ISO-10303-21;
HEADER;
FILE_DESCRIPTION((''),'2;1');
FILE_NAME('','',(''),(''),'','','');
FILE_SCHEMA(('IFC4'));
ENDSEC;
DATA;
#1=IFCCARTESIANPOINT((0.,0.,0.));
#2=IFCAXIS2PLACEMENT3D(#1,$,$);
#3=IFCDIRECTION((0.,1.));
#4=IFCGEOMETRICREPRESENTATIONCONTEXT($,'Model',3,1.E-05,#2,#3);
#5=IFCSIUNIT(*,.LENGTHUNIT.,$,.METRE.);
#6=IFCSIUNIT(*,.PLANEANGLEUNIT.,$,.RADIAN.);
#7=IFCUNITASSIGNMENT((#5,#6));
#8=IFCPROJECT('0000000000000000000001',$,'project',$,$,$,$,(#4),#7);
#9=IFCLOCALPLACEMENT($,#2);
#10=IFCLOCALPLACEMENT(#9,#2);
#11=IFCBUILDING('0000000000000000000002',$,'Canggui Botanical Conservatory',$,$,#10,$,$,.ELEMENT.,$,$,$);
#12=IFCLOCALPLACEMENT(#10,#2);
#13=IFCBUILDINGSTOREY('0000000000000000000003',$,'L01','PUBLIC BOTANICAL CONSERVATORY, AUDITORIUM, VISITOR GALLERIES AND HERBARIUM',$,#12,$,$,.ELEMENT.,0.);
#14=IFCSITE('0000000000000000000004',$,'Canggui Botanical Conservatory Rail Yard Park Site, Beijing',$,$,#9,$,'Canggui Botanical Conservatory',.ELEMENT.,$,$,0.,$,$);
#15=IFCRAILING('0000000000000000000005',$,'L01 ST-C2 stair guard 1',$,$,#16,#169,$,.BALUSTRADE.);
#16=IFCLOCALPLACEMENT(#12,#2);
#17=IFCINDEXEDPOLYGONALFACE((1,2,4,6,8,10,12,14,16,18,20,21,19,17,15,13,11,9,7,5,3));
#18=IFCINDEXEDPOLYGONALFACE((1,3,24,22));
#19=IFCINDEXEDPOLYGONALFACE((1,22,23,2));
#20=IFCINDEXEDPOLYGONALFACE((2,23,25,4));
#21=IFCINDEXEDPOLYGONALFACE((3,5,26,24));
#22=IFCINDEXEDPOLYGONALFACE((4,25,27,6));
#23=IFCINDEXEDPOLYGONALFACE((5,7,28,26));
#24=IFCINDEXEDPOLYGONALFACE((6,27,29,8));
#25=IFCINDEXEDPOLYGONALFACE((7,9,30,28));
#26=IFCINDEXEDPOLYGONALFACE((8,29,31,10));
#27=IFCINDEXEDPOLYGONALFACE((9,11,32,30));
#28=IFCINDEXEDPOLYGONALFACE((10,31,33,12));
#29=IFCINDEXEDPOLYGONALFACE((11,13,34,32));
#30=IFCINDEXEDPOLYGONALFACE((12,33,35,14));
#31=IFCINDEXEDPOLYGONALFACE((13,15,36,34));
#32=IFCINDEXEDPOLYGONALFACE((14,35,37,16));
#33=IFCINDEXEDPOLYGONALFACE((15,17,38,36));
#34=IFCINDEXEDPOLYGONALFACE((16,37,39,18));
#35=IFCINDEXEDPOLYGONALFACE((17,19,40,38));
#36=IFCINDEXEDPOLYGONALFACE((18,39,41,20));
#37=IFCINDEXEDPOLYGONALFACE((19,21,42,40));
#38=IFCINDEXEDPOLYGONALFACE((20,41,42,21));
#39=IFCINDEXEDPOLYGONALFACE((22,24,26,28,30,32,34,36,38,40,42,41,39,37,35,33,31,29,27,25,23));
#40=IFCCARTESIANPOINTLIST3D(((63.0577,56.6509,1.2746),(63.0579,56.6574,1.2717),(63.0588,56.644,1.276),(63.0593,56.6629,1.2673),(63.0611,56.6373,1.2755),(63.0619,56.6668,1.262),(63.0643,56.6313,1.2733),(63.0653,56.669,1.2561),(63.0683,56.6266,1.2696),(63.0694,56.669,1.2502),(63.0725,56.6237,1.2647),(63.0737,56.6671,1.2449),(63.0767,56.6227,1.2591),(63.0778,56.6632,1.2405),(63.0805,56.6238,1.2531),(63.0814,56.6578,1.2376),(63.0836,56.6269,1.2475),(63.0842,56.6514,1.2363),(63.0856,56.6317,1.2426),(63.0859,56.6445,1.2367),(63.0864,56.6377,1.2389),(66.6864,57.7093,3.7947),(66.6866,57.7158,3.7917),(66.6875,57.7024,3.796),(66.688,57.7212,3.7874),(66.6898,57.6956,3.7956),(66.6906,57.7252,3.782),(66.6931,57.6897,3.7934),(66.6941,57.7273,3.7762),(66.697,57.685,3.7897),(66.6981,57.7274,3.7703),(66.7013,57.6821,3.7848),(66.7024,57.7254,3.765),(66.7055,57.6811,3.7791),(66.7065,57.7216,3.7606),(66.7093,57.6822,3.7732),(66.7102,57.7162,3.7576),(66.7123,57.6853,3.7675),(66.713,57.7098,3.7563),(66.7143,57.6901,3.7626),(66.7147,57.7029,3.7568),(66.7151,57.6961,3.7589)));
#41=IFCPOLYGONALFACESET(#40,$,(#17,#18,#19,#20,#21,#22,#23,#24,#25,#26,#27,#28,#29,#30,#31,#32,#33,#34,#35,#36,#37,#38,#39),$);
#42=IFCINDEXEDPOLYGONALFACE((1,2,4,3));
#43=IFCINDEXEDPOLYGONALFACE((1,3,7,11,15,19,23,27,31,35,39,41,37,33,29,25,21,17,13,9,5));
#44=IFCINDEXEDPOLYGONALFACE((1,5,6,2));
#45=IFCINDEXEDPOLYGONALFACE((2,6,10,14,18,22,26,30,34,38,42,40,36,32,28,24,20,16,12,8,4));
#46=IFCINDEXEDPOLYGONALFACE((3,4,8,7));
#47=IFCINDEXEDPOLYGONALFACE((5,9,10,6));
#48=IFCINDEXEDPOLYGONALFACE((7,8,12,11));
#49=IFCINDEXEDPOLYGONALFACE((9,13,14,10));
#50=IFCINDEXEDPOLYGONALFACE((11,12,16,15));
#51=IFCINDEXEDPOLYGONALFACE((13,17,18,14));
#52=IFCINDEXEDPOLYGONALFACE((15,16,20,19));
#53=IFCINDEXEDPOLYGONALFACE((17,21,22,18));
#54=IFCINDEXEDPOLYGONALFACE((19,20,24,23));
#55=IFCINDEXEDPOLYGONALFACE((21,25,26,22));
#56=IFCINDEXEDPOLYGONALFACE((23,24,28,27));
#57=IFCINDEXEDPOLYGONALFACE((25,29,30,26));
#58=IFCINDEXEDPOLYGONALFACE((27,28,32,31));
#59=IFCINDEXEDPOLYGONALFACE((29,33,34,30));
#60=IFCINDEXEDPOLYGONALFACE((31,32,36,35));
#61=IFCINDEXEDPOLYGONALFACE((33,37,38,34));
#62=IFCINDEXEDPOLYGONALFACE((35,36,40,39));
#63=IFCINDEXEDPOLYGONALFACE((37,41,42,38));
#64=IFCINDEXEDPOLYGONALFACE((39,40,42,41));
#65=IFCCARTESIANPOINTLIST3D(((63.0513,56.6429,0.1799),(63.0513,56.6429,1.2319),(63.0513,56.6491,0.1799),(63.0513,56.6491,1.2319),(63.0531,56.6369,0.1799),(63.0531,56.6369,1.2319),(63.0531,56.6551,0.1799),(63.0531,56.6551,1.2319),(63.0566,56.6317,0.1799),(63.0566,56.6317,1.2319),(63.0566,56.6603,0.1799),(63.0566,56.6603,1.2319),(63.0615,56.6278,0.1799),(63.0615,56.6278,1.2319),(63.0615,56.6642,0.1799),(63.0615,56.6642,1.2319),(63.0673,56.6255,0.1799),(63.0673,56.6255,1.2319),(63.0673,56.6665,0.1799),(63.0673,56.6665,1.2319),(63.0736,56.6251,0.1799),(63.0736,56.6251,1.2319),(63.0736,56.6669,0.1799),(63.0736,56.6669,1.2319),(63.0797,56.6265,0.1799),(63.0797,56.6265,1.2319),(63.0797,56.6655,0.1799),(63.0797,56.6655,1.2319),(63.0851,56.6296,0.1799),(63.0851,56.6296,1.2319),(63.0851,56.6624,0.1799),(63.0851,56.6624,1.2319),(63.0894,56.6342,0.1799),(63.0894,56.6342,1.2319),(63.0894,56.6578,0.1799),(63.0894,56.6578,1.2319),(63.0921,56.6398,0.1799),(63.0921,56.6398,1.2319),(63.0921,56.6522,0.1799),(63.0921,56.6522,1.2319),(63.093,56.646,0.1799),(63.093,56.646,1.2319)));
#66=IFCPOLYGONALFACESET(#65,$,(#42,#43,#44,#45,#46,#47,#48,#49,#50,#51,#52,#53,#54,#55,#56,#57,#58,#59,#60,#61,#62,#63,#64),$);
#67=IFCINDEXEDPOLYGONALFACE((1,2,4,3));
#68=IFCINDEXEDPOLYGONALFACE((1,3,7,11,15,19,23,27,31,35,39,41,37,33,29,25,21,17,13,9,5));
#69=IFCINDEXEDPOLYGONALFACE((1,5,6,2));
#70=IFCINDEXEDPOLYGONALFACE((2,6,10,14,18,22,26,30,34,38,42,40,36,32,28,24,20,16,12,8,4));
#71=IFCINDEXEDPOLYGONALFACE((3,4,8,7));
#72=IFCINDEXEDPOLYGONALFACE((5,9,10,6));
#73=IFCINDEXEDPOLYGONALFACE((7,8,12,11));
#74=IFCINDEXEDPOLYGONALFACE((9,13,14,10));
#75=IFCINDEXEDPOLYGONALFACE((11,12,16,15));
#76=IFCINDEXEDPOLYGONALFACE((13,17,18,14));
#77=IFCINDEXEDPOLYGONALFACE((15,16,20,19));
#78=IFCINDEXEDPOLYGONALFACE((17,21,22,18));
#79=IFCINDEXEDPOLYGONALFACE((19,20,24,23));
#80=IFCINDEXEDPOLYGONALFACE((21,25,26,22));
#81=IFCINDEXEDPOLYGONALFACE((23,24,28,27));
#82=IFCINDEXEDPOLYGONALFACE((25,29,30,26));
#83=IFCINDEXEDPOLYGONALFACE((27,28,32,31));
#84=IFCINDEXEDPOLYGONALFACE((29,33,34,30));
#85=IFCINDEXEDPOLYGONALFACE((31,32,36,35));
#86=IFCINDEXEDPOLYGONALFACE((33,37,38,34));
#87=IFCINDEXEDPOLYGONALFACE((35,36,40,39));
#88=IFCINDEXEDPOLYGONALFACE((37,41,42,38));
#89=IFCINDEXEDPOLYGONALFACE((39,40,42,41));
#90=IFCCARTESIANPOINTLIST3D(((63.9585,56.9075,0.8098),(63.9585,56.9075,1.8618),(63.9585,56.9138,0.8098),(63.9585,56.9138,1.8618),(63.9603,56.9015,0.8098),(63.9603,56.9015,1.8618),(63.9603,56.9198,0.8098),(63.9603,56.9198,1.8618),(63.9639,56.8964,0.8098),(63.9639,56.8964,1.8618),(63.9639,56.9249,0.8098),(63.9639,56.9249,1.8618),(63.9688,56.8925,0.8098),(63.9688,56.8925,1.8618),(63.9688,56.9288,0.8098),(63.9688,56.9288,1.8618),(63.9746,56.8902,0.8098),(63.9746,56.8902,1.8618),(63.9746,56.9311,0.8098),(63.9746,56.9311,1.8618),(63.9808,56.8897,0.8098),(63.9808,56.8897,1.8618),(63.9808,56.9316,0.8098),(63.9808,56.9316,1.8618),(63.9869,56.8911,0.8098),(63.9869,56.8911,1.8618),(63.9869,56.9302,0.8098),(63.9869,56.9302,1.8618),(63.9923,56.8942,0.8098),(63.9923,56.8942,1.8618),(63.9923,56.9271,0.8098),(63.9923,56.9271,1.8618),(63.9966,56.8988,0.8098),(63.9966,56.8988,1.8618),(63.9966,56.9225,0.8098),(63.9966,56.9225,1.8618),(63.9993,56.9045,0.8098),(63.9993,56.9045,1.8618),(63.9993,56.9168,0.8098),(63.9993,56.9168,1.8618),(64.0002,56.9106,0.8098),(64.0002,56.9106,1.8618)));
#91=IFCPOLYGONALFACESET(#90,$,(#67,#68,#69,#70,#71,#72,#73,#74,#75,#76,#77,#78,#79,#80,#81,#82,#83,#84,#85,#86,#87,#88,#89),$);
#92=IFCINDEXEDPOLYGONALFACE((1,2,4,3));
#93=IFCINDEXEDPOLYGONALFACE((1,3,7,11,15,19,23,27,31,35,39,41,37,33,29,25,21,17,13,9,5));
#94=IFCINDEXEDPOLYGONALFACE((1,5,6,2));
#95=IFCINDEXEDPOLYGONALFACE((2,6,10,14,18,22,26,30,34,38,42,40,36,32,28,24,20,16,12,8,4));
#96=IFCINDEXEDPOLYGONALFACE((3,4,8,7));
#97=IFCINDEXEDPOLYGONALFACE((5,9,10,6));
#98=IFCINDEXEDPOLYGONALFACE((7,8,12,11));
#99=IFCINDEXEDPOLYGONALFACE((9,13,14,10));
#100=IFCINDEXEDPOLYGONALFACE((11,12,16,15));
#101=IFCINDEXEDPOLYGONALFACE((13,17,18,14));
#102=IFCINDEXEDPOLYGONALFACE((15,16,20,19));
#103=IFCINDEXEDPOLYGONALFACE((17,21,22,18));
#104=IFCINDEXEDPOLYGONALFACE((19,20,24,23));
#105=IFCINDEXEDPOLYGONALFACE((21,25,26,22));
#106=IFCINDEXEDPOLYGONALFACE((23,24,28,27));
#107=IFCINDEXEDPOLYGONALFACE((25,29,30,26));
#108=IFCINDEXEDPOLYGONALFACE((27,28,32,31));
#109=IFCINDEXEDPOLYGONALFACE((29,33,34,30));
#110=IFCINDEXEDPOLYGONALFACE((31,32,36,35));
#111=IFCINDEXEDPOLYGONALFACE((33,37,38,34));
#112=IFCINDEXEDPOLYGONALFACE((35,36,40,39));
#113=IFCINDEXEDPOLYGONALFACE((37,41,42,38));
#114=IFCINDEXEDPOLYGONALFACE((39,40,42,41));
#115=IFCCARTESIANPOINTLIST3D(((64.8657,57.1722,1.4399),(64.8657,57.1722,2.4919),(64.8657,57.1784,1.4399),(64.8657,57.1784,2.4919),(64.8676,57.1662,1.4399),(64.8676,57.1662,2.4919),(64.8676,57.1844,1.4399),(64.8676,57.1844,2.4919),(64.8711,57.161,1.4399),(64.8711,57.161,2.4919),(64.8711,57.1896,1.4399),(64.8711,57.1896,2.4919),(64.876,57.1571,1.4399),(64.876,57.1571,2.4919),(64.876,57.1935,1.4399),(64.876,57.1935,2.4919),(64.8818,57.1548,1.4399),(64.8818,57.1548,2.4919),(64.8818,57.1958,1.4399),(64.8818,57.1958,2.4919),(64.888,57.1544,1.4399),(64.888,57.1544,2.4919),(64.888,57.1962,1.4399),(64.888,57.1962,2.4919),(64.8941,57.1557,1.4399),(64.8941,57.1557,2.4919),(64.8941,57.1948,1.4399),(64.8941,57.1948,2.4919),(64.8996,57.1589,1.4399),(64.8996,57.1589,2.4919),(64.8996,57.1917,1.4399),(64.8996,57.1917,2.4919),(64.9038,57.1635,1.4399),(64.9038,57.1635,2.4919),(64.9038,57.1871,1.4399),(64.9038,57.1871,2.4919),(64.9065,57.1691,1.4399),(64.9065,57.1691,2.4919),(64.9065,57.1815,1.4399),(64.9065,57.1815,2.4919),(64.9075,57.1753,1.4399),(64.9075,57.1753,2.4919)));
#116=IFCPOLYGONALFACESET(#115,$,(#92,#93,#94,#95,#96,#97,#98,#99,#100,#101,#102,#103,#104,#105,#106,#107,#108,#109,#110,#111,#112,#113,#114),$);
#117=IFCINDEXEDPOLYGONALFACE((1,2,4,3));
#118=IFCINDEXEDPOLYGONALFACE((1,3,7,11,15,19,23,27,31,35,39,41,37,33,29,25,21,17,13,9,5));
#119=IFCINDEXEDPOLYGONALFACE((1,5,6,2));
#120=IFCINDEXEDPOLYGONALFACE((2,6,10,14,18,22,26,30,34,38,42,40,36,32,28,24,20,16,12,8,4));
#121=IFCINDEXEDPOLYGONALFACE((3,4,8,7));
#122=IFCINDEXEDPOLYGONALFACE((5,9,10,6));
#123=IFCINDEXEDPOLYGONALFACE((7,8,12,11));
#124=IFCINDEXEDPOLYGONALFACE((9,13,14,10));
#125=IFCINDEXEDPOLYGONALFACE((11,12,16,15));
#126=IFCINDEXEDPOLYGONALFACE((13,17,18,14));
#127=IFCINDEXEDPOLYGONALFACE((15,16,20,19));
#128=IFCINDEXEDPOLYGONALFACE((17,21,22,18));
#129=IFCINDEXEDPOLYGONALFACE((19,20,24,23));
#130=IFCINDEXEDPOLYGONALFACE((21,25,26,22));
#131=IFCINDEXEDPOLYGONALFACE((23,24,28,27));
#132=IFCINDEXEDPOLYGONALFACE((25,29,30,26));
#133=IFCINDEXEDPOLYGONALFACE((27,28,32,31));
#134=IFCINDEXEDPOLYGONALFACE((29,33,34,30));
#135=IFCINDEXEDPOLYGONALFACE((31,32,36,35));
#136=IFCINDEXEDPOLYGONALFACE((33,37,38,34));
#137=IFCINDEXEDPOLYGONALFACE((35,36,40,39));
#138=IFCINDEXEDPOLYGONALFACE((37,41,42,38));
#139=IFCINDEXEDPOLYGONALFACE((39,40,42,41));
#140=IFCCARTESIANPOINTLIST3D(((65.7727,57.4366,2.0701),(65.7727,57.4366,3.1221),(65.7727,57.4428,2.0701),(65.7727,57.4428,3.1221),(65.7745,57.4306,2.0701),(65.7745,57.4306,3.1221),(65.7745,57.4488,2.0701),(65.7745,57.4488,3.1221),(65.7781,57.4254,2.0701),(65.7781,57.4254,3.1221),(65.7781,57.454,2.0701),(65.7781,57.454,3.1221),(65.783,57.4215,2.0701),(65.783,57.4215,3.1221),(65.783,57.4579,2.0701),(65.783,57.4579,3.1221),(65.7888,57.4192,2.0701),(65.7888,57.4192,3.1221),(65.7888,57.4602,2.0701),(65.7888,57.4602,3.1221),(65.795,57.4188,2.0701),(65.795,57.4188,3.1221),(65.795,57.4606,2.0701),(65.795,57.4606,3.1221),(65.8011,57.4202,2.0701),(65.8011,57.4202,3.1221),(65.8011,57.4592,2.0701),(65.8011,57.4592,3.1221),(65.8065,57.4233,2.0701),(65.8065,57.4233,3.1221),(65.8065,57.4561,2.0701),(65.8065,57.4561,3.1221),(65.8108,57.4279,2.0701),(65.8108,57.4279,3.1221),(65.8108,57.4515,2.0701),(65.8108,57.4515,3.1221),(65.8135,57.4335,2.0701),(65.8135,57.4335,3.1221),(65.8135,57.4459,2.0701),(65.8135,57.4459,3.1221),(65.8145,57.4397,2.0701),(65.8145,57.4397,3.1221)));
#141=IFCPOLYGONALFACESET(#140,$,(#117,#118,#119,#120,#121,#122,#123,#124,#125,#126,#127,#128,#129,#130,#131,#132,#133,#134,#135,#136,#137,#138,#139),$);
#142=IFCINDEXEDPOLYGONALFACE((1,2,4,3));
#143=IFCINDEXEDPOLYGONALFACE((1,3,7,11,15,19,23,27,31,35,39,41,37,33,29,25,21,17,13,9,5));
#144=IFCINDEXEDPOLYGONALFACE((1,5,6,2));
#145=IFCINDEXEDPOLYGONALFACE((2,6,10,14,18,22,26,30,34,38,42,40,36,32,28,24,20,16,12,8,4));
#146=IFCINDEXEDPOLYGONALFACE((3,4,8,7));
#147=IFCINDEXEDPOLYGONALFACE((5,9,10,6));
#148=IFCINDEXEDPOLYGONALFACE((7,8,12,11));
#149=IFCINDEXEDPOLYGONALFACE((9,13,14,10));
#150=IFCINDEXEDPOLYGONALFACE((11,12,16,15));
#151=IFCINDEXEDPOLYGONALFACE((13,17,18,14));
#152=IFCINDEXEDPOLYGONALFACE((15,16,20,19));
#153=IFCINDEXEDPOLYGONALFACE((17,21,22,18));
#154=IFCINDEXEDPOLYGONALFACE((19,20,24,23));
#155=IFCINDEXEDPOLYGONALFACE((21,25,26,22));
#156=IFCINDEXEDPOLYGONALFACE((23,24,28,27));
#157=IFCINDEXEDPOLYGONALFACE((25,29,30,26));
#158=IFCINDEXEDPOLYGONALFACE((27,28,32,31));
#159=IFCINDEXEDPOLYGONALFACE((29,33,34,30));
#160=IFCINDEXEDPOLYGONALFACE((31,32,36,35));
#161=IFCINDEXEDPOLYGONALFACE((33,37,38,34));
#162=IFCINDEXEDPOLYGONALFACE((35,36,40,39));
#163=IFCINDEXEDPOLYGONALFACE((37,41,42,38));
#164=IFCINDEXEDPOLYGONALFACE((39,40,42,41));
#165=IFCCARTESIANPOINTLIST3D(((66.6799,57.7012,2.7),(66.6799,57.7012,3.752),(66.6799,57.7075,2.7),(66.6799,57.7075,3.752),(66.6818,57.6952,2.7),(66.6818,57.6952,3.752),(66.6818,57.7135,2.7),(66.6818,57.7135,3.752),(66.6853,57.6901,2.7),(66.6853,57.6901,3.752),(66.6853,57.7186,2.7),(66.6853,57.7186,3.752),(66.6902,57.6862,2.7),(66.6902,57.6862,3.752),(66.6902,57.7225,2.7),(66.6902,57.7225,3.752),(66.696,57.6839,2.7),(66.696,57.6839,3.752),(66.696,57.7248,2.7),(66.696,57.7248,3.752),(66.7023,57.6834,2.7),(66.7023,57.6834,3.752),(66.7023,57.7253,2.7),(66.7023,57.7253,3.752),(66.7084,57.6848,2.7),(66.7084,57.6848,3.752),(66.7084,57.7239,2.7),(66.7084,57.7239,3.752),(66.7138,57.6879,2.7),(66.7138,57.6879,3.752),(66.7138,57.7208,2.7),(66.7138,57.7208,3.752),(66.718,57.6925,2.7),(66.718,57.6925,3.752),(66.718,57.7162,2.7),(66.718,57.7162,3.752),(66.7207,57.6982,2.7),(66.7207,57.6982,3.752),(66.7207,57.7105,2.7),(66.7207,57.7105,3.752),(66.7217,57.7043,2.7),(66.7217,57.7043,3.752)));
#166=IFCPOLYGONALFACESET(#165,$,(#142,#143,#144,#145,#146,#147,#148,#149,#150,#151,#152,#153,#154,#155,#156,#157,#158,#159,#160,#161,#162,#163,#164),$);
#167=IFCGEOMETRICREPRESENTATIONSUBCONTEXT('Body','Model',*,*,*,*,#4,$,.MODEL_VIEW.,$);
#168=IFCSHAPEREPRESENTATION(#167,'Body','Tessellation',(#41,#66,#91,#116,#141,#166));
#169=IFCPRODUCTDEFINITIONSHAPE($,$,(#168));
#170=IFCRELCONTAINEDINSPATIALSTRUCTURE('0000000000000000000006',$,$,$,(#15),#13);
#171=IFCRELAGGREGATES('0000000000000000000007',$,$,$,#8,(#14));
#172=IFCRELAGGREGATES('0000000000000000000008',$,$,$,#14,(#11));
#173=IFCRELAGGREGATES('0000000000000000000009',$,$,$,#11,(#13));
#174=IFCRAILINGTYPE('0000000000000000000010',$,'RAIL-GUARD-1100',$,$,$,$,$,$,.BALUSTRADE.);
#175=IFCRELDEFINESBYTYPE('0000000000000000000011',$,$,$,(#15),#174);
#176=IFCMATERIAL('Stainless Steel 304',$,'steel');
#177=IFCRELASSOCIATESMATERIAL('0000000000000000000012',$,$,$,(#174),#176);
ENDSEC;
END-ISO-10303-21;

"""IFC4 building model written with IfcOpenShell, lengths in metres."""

from ifc_helpers import new_model, si_unit, direction, frame, origin, origin_2d, place, context, subcontext, project, spatial, circle, extrude, material, type_object, element, save


model = new_model("IFC4")

# Units and contexts
model_context = context("Model", 3, precision=1e-05, world=origin(), true_north=direction((0.0, 1.0)))
body_context = subcontext(model_context, "Body", "Model", "MODEL_VIEW")
ifc_project = project(units=[si_unit("LENGTHUNIT", "METRE"), si_unit("PLANEANGLEUNIT", "RADIAN")], contexts=[model_context])

# Site, building, storey
site_placement = place(None, origin())
site = spatial("IfcSite", under=ifc_project, at=site_placement, Name="Canggui Botanical Conservatory Rail Yard Park Site, Beijing", LongName="Canggui Botanical Conservatory", CompositionType="ELEMENT", RefElevation=0.0)
building_placement = place(site_placement, origin())
building = spatial("IfcBuilding", under=site, at=building_placement, Name="Canggui Botanical Conservatory", CompositionType="ELEMENT")
storey_placement = place(building_placement, origin())
storey = spatial("IfcBuildingStorey", under=building, at=storey_placement, Name="L01", Description="PUBLIC BOTANICAL CONSERVATORY, AUDITORIUM, VISITOR GALLERIES AND HERBARIUM", CompositionType="ELEMENT", Elevation=0.0)

# Railing
ifc_material_1 = material(Name="Stainless Steel 304", Category="steel")
railing_type_1 = type_object("IfcRailingType", Name="RAIL-GUARD-1100", PredefinedType="BALUSTRADE", material=ifc_material_1)
railing_1_placement = place(storey_placement, frame((63.072, 56.646, 0.1799)))
element("IfcRailing", 1, at=railing_1_placement, inside=storey, type_object=railing_type_1, Name="L01 ST-C2 stair guard 1", PredefinedType="BALUSTRADE", context=body_context, shape_type="SweptSolid", body=[
    extrude(circle(Radius=0.0239, at=origin_2d()), frame((0.0, 0.0, 1.0762), z_axis=(0.798757, 0.232969, 0.554718), x_axis=(-0.279998, 0.960001, 0.0)), (0.0, 0.0, 1.0), 4.543),
    extrude(circle(Radius=0.021, at=origin_2d()), origin(), (0.0, 0.0, 1.0), 1.052),
    extrude(circle(Radius=0.021, at=origin_2d()), frame((0.9072, 0.2646, 0.6299)), (0.0, 0.0, 1.0), 1.052),
    extrude(circle(Radius=0.021, at=origin_2d()), frame((1.8145, 0.5293, 1.26)), (0.0, 0.0, 1.0), 1.052),
    extrude(circle(Radius=0.021, at=origin_2d()), frame((2.7214, 0.7937, 1.8901)), (0.0, 0.0, 1.0), 1.052),
    extrude(circle(Radius=0.021, at=origin_2d()), frame((3.6287, 1.0583, 2.52)), (0.0, 0.0, 1.0), 1.052),
])

save(model, "model.ifc")
